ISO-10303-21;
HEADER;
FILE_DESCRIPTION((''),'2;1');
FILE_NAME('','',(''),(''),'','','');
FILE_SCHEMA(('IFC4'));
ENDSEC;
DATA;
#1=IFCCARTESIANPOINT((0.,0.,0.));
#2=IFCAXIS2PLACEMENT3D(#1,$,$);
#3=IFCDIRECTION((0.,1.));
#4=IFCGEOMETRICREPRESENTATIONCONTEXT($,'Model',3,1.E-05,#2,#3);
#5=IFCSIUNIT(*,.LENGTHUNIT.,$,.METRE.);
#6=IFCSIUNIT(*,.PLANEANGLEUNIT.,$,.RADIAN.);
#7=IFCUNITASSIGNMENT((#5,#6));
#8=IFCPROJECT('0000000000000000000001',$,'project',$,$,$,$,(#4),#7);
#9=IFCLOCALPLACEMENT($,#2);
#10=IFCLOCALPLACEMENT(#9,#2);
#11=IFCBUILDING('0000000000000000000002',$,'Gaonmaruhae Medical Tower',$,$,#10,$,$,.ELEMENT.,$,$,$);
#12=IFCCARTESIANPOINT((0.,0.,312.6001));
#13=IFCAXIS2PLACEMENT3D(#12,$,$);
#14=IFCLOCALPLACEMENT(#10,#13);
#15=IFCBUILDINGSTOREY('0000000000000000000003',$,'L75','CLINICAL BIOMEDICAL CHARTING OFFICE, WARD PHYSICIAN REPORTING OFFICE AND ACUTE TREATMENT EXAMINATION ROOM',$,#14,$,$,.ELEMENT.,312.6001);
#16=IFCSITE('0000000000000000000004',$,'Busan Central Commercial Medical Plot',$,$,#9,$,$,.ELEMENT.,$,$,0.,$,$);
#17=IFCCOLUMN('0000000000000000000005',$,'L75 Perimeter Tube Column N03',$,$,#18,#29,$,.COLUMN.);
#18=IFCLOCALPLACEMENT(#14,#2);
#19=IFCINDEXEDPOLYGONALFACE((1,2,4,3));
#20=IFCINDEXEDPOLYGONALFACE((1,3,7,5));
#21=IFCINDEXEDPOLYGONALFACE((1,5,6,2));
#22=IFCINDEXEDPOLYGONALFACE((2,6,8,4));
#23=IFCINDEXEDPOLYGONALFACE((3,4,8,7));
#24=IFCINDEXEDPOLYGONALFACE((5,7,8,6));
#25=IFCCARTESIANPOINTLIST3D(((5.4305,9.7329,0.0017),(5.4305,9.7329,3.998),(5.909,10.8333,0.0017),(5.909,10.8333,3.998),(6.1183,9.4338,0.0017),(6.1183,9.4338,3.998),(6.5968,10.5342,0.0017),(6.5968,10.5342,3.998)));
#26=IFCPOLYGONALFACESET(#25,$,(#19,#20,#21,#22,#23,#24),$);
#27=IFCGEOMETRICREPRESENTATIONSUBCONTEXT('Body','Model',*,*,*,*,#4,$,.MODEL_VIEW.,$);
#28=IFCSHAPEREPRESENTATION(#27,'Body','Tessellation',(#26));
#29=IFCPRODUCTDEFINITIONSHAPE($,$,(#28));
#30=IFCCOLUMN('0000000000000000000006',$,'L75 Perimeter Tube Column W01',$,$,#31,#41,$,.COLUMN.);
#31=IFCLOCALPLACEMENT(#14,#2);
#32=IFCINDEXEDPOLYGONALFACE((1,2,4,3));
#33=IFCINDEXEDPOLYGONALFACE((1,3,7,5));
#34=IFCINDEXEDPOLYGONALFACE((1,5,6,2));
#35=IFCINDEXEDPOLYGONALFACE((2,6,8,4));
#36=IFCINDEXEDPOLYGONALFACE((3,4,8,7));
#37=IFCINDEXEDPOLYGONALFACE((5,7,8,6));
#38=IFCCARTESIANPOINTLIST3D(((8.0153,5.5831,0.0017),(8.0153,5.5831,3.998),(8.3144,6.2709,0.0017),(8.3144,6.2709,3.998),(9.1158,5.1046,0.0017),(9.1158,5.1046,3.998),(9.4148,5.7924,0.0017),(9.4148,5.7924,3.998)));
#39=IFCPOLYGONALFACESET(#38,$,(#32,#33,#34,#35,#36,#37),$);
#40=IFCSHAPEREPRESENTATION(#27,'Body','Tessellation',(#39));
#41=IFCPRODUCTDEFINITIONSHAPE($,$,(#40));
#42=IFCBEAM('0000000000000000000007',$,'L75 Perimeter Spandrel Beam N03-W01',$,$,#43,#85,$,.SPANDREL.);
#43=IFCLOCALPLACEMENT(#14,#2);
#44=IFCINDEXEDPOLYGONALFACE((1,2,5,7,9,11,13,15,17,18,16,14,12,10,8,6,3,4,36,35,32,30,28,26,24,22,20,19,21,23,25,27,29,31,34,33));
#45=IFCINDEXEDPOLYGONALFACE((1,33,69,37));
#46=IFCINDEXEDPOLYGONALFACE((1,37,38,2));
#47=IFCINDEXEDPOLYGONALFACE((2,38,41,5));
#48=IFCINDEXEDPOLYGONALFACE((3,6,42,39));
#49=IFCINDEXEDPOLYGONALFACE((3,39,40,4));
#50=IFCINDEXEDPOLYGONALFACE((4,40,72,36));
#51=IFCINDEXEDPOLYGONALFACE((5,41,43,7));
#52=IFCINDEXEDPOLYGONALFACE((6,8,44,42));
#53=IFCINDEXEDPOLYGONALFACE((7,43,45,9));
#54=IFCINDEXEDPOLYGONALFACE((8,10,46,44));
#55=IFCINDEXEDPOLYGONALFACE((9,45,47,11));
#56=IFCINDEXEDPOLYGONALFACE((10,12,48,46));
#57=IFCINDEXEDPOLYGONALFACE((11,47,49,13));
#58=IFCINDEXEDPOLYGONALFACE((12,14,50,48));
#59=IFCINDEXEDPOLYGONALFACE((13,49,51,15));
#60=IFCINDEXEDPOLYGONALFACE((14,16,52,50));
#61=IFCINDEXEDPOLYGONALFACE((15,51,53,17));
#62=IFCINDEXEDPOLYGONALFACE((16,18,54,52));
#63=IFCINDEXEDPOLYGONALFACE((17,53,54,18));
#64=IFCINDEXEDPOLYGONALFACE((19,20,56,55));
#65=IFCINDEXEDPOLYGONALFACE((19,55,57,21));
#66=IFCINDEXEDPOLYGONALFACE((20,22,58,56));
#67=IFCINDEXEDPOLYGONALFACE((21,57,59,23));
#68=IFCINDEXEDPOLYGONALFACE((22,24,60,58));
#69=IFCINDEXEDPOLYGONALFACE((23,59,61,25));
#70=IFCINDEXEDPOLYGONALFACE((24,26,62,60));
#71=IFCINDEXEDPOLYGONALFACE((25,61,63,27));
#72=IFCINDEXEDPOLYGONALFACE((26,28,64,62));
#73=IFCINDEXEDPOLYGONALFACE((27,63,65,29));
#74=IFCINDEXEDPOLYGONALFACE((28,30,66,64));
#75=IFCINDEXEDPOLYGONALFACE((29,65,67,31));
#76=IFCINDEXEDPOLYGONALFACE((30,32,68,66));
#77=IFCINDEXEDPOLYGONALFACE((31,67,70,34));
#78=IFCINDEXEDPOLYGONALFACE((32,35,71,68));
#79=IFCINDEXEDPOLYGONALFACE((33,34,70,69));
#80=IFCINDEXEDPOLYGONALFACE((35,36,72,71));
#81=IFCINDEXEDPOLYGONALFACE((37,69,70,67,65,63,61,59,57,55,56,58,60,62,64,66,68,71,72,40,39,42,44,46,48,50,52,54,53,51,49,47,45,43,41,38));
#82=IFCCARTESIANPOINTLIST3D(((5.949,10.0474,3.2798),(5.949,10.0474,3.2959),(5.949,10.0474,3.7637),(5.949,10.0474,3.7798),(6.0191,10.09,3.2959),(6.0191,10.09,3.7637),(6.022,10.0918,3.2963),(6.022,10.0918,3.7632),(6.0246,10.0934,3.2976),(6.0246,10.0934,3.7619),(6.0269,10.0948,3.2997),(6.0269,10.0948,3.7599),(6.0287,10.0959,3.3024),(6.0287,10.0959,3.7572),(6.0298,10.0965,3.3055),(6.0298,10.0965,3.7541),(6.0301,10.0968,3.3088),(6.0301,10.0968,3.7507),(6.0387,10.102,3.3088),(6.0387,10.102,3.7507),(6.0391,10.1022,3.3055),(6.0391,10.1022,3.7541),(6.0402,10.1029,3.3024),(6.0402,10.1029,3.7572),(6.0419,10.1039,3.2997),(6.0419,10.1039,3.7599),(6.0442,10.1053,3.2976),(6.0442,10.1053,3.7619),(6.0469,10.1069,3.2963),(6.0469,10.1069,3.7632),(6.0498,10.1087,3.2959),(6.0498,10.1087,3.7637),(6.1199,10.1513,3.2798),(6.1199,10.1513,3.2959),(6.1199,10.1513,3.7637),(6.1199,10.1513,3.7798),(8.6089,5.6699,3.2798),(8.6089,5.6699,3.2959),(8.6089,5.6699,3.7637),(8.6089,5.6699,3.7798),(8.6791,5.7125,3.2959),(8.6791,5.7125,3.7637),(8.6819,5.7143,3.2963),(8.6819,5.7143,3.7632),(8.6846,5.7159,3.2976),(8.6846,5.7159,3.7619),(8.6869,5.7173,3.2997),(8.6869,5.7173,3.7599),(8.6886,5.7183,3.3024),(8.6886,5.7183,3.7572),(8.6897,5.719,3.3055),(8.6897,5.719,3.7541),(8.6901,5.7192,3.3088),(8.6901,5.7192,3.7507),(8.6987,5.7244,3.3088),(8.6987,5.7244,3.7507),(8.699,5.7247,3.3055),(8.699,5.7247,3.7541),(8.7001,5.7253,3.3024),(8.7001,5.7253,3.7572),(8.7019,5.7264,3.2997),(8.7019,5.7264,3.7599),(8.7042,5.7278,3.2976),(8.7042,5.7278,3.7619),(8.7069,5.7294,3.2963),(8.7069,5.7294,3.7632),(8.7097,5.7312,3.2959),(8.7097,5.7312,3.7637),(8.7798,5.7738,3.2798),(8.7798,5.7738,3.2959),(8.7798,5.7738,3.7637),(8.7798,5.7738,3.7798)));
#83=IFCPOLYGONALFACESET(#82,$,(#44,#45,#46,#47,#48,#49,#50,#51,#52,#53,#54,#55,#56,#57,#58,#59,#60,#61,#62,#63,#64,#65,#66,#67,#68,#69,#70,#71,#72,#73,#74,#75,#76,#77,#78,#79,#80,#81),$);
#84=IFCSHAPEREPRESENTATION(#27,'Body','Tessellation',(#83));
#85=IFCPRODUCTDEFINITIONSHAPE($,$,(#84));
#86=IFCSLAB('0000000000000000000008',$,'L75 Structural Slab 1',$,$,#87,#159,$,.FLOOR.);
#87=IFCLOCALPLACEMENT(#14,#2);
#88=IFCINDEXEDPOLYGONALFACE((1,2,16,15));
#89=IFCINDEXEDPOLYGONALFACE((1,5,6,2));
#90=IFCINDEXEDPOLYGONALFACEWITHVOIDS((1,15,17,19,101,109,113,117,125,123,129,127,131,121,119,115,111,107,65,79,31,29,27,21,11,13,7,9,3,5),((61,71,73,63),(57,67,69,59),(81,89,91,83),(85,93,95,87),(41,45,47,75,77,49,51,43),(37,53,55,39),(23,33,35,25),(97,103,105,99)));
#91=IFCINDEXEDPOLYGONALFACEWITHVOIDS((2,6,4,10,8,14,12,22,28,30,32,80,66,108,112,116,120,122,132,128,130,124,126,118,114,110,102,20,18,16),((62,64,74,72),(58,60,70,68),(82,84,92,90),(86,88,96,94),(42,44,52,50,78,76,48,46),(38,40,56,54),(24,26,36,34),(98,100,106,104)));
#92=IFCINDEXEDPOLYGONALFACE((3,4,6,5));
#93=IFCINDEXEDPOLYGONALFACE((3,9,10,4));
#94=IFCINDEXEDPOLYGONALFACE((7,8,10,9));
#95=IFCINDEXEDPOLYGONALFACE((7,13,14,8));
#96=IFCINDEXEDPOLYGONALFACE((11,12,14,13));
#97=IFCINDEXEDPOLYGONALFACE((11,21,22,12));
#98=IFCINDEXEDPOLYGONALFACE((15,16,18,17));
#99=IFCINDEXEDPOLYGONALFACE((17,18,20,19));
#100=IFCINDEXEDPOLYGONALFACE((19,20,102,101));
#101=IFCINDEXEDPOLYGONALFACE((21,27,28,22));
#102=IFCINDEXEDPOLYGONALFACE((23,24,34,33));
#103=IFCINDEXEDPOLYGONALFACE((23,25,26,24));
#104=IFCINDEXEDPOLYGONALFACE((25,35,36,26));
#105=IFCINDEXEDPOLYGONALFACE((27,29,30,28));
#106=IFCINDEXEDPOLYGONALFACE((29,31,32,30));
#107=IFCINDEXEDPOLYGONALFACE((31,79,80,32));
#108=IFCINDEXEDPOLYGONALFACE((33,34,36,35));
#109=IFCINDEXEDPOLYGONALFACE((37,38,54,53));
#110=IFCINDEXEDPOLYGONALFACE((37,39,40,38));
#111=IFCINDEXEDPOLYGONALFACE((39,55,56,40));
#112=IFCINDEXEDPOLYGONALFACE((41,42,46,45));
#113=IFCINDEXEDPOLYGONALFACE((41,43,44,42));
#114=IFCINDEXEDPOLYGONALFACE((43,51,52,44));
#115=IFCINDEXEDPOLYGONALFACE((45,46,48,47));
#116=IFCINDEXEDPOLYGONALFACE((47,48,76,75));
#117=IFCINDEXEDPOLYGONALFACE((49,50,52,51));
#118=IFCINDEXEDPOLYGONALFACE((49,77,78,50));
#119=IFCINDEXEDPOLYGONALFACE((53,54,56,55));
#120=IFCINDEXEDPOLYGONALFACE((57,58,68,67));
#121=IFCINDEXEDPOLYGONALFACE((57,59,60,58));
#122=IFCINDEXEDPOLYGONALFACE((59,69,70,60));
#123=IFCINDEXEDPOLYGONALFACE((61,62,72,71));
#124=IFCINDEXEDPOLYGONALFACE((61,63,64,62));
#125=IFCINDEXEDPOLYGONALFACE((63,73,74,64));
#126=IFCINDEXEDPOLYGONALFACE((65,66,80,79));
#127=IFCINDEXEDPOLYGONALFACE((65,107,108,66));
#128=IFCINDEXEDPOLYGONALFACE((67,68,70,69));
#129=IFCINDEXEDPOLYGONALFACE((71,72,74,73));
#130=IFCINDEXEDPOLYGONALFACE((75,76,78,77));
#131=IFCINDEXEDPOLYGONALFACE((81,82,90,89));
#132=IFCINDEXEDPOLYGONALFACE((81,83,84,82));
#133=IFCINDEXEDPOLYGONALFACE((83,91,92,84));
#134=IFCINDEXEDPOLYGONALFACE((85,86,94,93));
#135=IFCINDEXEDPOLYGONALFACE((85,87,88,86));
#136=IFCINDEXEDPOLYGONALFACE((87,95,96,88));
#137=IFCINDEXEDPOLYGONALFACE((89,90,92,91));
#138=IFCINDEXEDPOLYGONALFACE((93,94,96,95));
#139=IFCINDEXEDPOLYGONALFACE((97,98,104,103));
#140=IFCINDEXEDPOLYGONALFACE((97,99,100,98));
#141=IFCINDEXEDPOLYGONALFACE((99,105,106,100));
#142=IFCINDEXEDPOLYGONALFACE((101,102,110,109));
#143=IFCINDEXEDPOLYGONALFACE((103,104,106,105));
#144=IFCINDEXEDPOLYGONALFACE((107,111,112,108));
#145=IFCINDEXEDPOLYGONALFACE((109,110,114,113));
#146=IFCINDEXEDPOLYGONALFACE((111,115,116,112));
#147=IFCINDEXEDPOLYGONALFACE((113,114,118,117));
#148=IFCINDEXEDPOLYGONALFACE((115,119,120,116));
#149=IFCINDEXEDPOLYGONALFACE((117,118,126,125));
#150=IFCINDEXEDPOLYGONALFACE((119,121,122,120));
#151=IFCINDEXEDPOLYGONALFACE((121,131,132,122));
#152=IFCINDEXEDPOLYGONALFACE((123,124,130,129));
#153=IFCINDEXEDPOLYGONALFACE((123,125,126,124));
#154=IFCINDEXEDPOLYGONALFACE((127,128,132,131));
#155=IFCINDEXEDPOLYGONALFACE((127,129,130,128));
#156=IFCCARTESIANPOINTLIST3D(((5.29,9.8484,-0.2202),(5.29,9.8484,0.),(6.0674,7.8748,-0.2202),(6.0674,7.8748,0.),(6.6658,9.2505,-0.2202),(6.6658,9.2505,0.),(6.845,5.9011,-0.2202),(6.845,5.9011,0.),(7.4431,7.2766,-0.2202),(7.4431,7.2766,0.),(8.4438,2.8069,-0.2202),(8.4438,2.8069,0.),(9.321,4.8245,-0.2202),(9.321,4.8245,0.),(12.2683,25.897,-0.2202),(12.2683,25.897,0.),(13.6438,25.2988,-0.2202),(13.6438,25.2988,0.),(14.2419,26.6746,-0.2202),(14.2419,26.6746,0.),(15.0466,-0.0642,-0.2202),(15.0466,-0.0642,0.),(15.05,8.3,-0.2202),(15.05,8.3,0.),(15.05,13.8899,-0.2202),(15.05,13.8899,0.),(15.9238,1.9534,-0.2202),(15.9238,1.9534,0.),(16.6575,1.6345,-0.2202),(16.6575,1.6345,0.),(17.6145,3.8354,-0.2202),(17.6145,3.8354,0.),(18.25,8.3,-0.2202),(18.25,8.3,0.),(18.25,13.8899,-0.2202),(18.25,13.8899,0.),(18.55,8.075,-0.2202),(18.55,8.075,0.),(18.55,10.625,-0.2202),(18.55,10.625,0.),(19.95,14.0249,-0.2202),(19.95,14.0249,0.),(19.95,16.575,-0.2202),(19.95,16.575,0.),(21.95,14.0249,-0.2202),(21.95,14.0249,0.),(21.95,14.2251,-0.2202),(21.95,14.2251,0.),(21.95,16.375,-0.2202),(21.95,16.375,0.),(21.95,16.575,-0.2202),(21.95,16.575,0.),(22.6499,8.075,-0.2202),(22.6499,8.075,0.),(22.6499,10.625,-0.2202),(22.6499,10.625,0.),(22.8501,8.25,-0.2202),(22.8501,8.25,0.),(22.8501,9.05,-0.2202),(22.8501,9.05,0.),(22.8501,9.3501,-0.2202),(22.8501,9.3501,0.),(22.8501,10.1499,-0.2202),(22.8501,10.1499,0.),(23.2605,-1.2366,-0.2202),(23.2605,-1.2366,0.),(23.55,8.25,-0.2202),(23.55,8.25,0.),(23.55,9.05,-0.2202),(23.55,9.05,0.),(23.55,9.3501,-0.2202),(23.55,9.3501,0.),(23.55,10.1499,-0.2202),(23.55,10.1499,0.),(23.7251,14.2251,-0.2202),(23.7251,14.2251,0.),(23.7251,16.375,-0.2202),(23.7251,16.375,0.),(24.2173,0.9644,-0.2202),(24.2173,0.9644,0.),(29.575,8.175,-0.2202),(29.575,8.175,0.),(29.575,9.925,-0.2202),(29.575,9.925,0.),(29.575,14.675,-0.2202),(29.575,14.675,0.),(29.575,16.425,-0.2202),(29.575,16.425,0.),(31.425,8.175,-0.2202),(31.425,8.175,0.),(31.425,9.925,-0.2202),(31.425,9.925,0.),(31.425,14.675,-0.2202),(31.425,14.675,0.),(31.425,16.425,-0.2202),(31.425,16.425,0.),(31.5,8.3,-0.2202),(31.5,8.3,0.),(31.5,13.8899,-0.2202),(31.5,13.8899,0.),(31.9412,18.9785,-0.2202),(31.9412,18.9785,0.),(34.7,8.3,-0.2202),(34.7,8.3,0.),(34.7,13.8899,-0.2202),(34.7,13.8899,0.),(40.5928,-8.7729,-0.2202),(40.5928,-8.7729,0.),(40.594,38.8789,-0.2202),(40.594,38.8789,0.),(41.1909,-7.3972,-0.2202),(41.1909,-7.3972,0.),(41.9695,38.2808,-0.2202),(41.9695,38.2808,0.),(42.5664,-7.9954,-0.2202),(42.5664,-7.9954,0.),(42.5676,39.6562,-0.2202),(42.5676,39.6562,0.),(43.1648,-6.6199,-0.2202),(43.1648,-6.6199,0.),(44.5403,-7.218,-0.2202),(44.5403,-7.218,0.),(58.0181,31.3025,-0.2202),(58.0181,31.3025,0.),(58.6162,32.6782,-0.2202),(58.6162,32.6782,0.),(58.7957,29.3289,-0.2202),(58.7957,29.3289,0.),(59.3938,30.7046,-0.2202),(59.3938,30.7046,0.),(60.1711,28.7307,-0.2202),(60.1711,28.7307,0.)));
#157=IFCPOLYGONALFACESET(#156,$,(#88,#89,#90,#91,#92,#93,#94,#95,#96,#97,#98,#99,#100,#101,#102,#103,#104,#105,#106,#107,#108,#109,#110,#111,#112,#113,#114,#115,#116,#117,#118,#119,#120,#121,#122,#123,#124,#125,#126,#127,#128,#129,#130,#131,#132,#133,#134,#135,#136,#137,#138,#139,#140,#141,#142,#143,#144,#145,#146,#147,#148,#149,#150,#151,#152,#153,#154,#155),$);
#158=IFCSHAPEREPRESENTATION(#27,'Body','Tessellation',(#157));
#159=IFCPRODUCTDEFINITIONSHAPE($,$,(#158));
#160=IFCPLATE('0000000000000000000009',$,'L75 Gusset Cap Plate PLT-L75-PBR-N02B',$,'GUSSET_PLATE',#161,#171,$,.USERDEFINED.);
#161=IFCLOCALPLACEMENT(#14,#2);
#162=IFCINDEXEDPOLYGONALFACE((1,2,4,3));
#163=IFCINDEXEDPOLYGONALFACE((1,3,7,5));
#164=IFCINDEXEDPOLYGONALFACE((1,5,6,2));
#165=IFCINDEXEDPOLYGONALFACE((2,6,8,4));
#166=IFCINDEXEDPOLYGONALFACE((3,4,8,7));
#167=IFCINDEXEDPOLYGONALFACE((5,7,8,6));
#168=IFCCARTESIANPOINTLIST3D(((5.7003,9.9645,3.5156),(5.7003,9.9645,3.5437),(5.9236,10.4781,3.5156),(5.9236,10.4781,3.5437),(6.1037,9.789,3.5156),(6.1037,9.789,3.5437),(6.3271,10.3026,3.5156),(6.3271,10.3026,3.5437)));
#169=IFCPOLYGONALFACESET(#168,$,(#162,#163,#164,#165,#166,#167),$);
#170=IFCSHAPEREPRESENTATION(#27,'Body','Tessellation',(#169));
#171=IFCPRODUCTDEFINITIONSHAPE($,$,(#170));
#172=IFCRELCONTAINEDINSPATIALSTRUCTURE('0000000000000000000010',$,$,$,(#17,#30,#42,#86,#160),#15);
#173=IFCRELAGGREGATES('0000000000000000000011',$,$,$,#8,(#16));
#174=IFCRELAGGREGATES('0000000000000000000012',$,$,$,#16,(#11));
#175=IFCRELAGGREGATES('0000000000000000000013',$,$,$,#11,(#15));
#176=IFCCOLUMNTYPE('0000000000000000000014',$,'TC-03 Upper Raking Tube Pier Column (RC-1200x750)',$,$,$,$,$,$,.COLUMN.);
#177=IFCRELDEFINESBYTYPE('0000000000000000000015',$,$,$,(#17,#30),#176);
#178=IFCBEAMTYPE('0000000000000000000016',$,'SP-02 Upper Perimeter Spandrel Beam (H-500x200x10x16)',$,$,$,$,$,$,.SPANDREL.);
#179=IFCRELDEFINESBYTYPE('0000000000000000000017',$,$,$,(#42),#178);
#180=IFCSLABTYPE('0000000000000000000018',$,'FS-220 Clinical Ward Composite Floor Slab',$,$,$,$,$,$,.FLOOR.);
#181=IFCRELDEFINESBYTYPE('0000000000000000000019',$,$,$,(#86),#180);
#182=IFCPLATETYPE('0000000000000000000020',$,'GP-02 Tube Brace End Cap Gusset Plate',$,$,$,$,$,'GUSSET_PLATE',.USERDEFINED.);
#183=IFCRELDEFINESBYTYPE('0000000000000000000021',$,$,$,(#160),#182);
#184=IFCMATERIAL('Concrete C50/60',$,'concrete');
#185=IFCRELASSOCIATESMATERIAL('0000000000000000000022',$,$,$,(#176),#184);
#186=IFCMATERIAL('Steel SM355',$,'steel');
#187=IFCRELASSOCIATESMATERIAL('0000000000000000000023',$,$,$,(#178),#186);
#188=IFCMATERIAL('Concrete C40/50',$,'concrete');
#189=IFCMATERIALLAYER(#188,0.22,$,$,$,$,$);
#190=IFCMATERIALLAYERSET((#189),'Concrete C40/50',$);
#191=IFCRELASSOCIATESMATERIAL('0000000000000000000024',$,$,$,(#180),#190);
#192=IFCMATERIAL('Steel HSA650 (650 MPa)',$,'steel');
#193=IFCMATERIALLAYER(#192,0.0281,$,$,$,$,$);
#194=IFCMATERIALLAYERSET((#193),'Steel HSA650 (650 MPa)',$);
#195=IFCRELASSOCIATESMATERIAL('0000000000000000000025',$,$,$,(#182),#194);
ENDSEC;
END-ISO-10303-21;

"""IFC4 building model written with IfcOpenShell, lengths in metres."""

from ifc_helpers import new_model, si_unit, direction, frame, origin, origin_2d, place, context, subcontext, project, spatial, polyline, rectangle, i_section, outline, extrude, material, layer, layer_set, material_profile, profile_set, type_object, element, save


model = new_model("IFC4")

# Units and contexts
model_context = context("Model", 3, precision=1e-05, world=origin(), true_north=direction((0.0, 1.0)))
body_context = subcontext(model_context, "Body", "Model", "MODEL_VIEW")
ifc_project = project(units=[si_unit("LENGTHUNIT", "METRE"), si_unit("PLANEANGLEUNIT", "RADIAN")], contexts=[model_context])

# Site, building, storey
site_placement = place(None, origin())
site = spatial("IfcSite", under=ifc_project, at=site_placement, Name="Busan Central Commercial Medical Plot", CompositionType="ELEMENT", RefElevation=0.0)
building_placement = place(site_placement, origin())
building = spatial("IfcBuilding", under=site, at=building_placement, Name="Gaonmaruhae Medical Tower", CompositionType="ELEMENT")
storey_placement = place(building_placement, frame((0.0, 0.0, 312.6001)))
storey = spatial("IfcBuildingStorey", under=building, at=storey_placement, Name="L75", Description="CLINICAL BIOMEDICAL CHARTING OFFICE, WARD PHYSICIAN REPORTING OFFICE AND ACUTE TREATMENT EXAMINATION ROOM", CompositionType="ELEMENT", Elevation=312.6001)

# Columns
ifc_material_1 = material(Name="Concrete C50/60", Category="concrete")
ifc_material_profile_1 = material_profile(ifc_material_1, rectangle(XDim=1.2, YDim=0.75, at=origin_2d()), Name="RC-1200x750")
ifc_profile_set_1 = profile_set([ifc_material_profile_1], Name="Concrete C50/60")
column_type = type_object("IfcColumnType", Name="TC-03 Upper Raking Tube Pier Column (RC-1200x750)", PredefinedType="COLUMN", material=ifc_profile_set_1)
for number, where, z_axis, x_axis, name in (
    (1, (6.0137, 10.1335, 0.0017), (0.0, 0.0, 1.0), (0.398749, 0.91706, 0.0), "L75 Perimeter Tube Column N03"),
    (2, (8.7151, 5.6877, 0.0017), (0.0, 0.0, 1.0), (-0.91706, 0.398749, 0.0), "L75 Perimeter Tube Column W01"),
):
    element("IfcColumn", number, at=place(storey_placement, frame(where, z_axis=z_axis, x_axis=x_axis)), inside=storey, type_object=column_type, Name=name, PredefinedType="COLUMN", context=body_context, shape_type="SweptSolid", body=[
        extrude(rectangle(XDim=1.2, YDim=0.75, at=origin_2d()), origin(), (0.0, 0.0, 1.0), 3.9963),
    ])

# Beam
ifc_material_2 = material(Name="Steel SM355", Category="steel")
ifc_material_profile_2 = material_profile(ifc_material_2, i_section(OverallWidth=0.2, OverallDepth=0.5, WebThickness=0.01, FlangeThickness=0.0161, FilletRadius=0.0129, at=origin_2d()), Name="H-500x200x10x16")
ifc_profile_set_2 = profile_set([ifc_material_profile_2], Name="Steel SM355")
beam_type = type_object("IfcBeamType", Name="SP-02 Upper Perimeter Spandrel Beam (H-500x200x10x16)", PredefinedType="SPANDREL", material=ifc_profile_set_2)
beam_placement = place(storey_placement, frame((6.0344, 10.0994, 3.5298), z_axis=(0.519289, -0.854599, 0.0), x_axis=(0.854599, 0.519289, 0.0)))
element("IfcBeam", 3, at=beam_placement, inside=storey, type_object=beam_type, Name="L75 Perimeter Spandrel Beam N03-W01", PredefinedType="SPANDREL", context=body_context, shape_type="SweptSolid", body=[
    extrude(i_section(OverallWidth=0.2, OverallDepth=0.5, WebThickness=0.01, FlangeThickness=0.0161, FilletRadius=0.0129, at=origin_2d()), origin(), (0.0, 0.0, 1.0), 5.1223),
])

# Slab
ifc_material_3 = material(Name="Concrete C40/50", Category="concrete")
ifc_layer_1 = layer(ifc_material_3, 0.22)
ifc_layer_set_1 = layer_set([ifc_layer_1], Name="Concrete C40/50")
slab_type_1 = type_object("IfcSlabType", Name="FS-220 Clinical Ward Composite Floor Slab", PredefinedType="FLOOR", material=ifc_layer_set_1)
slab_1_placement = place(storey_placement, frame((0.0, 0.0, -0.2202)))
element("IfcSlab", 4, at=slab_1_placement, inside=storey, type_object=slab_type_1, Name="L75 Structural Slab 1", PredefinedType="FLOOR", context=body_context, shape_type="SweptSolid", body=[
    extrude(outline(polyline([(7.4431, 7.2766), (6.0674, 7.8748), (6.6658, 9.2505), (5.29, 9.8484), (12.2683, 25.897), (13.6438, 25.2988), (14.2419, 26.6746), (31.9412, 18.9785), (40.594, 38.8789), (41.9695, 38.2808), (42.5676, 39.6562), (58.6162, 32.6782), (58.0181, 31.3025), (59.3938, 30.7046), (58.7957, 29.3289), (60.1711, 28.7307), (44.5403, -7.218), (43.1648, -6.6199), (42.5664, -7.9954), (41.1909, -7.3972), (40.5928, -8.7729), (23.2605, -1.2366), (24.2173, 0.9644), (17.6145, 3.8354), (16.6575, 1.6345), (15.9238, 1.9534), (15.0466, -0.0642), (8.4438, 2.8069), (9.321, 4.8245), (6.845, 5.9011), (7.4431, 7.2766)]), holes=[polyline([(23.55, 8.25), (22.8501, 8.25), (22.8501, 9.05), (23.55, 9.05), (23.55, 8.25)]), polyline([(29.575, 9.925), (31.425, 9.925), (31.425, 8.175), (29.575, 8.175), (29.575, 9.925)]), polyline([(18.55, 10.625), (22.6499, 10.625), (22.6499, 8.075), (18.55, 8.075), (18.55, 10.625)]), polyline([(23.55, 9.3501), (22.8501, 9.3501), (22.8501, 10.1499), (23.55, 10.1499), (23.55, 9.3501)]), polyline([(15.05, 13.8899), (18.25, 13.8899), (18.25, 8.3), (15.05, 8.3), (15.05, 13.8899)]), polyline([(31.5, 13.8899), (34.7, 13.8899), (34.7, 8.3), (31.5, 8.3), (31.5, 13.8899)]), polyline([(23.7251, 14.2251), (21.95, 14.2251), (21.95, 14.0249), (19.95, 14.0249), (19.95, 16.575), (21.95, 16.575), (21.95, 16.375), (23.7251, 16.375), (23.7251, 14.2251)]), polyline([(31.425, 16.425), (31.425, 14.675), (29.575, 14.675), (29.575, 16.425), (31.425, 16.425)])]), origin(), (0.0, 0.0, 1.0), 0.2202),
])

# Plate
ifc_material_4 = material(Name="Steel HSA650 (650 MPa)", Category="steel")
ifc_layer_2 = layer(ifc_material_4, 0.0281)
ifc_layer_set_2 = layer_set([ifc_layer_2], Name="Steel HSA650 (650 MPa)")
plate_type = type_object("IfcPlateType", Name="GP-02 Tube Brace End Cap Gusset Plate", ElementType="GUSSET_PLATE", PredefinedType="USERDEFINED", material=ifc_layer_set_2)
plate_placement = place(storey_placement, frame((6.0137, 10.1335, 3.5156), z_axis=(0.0, 0.0, 1.0), x_axis=(0.398749, 0.91706, 0.0)))
element("IfcPlate", 5, at=plate_placement, inside=storey, type_object=plate_type, Name="L75 Gusset Cap Plate PLT-L75-PBR-N02B", ObjectType="GUSSET_PLATE", PredefinedType="USERDEFINED", context=body_context, shape_type="SweptSolid", body=[
    extrude(rectangle(XDim=0.5601, YDim=0.4399, at=origin_2d()), origin(), (0.0, 0.0, 1.0), 0.0281),
])

save(model, "model.ifc")
